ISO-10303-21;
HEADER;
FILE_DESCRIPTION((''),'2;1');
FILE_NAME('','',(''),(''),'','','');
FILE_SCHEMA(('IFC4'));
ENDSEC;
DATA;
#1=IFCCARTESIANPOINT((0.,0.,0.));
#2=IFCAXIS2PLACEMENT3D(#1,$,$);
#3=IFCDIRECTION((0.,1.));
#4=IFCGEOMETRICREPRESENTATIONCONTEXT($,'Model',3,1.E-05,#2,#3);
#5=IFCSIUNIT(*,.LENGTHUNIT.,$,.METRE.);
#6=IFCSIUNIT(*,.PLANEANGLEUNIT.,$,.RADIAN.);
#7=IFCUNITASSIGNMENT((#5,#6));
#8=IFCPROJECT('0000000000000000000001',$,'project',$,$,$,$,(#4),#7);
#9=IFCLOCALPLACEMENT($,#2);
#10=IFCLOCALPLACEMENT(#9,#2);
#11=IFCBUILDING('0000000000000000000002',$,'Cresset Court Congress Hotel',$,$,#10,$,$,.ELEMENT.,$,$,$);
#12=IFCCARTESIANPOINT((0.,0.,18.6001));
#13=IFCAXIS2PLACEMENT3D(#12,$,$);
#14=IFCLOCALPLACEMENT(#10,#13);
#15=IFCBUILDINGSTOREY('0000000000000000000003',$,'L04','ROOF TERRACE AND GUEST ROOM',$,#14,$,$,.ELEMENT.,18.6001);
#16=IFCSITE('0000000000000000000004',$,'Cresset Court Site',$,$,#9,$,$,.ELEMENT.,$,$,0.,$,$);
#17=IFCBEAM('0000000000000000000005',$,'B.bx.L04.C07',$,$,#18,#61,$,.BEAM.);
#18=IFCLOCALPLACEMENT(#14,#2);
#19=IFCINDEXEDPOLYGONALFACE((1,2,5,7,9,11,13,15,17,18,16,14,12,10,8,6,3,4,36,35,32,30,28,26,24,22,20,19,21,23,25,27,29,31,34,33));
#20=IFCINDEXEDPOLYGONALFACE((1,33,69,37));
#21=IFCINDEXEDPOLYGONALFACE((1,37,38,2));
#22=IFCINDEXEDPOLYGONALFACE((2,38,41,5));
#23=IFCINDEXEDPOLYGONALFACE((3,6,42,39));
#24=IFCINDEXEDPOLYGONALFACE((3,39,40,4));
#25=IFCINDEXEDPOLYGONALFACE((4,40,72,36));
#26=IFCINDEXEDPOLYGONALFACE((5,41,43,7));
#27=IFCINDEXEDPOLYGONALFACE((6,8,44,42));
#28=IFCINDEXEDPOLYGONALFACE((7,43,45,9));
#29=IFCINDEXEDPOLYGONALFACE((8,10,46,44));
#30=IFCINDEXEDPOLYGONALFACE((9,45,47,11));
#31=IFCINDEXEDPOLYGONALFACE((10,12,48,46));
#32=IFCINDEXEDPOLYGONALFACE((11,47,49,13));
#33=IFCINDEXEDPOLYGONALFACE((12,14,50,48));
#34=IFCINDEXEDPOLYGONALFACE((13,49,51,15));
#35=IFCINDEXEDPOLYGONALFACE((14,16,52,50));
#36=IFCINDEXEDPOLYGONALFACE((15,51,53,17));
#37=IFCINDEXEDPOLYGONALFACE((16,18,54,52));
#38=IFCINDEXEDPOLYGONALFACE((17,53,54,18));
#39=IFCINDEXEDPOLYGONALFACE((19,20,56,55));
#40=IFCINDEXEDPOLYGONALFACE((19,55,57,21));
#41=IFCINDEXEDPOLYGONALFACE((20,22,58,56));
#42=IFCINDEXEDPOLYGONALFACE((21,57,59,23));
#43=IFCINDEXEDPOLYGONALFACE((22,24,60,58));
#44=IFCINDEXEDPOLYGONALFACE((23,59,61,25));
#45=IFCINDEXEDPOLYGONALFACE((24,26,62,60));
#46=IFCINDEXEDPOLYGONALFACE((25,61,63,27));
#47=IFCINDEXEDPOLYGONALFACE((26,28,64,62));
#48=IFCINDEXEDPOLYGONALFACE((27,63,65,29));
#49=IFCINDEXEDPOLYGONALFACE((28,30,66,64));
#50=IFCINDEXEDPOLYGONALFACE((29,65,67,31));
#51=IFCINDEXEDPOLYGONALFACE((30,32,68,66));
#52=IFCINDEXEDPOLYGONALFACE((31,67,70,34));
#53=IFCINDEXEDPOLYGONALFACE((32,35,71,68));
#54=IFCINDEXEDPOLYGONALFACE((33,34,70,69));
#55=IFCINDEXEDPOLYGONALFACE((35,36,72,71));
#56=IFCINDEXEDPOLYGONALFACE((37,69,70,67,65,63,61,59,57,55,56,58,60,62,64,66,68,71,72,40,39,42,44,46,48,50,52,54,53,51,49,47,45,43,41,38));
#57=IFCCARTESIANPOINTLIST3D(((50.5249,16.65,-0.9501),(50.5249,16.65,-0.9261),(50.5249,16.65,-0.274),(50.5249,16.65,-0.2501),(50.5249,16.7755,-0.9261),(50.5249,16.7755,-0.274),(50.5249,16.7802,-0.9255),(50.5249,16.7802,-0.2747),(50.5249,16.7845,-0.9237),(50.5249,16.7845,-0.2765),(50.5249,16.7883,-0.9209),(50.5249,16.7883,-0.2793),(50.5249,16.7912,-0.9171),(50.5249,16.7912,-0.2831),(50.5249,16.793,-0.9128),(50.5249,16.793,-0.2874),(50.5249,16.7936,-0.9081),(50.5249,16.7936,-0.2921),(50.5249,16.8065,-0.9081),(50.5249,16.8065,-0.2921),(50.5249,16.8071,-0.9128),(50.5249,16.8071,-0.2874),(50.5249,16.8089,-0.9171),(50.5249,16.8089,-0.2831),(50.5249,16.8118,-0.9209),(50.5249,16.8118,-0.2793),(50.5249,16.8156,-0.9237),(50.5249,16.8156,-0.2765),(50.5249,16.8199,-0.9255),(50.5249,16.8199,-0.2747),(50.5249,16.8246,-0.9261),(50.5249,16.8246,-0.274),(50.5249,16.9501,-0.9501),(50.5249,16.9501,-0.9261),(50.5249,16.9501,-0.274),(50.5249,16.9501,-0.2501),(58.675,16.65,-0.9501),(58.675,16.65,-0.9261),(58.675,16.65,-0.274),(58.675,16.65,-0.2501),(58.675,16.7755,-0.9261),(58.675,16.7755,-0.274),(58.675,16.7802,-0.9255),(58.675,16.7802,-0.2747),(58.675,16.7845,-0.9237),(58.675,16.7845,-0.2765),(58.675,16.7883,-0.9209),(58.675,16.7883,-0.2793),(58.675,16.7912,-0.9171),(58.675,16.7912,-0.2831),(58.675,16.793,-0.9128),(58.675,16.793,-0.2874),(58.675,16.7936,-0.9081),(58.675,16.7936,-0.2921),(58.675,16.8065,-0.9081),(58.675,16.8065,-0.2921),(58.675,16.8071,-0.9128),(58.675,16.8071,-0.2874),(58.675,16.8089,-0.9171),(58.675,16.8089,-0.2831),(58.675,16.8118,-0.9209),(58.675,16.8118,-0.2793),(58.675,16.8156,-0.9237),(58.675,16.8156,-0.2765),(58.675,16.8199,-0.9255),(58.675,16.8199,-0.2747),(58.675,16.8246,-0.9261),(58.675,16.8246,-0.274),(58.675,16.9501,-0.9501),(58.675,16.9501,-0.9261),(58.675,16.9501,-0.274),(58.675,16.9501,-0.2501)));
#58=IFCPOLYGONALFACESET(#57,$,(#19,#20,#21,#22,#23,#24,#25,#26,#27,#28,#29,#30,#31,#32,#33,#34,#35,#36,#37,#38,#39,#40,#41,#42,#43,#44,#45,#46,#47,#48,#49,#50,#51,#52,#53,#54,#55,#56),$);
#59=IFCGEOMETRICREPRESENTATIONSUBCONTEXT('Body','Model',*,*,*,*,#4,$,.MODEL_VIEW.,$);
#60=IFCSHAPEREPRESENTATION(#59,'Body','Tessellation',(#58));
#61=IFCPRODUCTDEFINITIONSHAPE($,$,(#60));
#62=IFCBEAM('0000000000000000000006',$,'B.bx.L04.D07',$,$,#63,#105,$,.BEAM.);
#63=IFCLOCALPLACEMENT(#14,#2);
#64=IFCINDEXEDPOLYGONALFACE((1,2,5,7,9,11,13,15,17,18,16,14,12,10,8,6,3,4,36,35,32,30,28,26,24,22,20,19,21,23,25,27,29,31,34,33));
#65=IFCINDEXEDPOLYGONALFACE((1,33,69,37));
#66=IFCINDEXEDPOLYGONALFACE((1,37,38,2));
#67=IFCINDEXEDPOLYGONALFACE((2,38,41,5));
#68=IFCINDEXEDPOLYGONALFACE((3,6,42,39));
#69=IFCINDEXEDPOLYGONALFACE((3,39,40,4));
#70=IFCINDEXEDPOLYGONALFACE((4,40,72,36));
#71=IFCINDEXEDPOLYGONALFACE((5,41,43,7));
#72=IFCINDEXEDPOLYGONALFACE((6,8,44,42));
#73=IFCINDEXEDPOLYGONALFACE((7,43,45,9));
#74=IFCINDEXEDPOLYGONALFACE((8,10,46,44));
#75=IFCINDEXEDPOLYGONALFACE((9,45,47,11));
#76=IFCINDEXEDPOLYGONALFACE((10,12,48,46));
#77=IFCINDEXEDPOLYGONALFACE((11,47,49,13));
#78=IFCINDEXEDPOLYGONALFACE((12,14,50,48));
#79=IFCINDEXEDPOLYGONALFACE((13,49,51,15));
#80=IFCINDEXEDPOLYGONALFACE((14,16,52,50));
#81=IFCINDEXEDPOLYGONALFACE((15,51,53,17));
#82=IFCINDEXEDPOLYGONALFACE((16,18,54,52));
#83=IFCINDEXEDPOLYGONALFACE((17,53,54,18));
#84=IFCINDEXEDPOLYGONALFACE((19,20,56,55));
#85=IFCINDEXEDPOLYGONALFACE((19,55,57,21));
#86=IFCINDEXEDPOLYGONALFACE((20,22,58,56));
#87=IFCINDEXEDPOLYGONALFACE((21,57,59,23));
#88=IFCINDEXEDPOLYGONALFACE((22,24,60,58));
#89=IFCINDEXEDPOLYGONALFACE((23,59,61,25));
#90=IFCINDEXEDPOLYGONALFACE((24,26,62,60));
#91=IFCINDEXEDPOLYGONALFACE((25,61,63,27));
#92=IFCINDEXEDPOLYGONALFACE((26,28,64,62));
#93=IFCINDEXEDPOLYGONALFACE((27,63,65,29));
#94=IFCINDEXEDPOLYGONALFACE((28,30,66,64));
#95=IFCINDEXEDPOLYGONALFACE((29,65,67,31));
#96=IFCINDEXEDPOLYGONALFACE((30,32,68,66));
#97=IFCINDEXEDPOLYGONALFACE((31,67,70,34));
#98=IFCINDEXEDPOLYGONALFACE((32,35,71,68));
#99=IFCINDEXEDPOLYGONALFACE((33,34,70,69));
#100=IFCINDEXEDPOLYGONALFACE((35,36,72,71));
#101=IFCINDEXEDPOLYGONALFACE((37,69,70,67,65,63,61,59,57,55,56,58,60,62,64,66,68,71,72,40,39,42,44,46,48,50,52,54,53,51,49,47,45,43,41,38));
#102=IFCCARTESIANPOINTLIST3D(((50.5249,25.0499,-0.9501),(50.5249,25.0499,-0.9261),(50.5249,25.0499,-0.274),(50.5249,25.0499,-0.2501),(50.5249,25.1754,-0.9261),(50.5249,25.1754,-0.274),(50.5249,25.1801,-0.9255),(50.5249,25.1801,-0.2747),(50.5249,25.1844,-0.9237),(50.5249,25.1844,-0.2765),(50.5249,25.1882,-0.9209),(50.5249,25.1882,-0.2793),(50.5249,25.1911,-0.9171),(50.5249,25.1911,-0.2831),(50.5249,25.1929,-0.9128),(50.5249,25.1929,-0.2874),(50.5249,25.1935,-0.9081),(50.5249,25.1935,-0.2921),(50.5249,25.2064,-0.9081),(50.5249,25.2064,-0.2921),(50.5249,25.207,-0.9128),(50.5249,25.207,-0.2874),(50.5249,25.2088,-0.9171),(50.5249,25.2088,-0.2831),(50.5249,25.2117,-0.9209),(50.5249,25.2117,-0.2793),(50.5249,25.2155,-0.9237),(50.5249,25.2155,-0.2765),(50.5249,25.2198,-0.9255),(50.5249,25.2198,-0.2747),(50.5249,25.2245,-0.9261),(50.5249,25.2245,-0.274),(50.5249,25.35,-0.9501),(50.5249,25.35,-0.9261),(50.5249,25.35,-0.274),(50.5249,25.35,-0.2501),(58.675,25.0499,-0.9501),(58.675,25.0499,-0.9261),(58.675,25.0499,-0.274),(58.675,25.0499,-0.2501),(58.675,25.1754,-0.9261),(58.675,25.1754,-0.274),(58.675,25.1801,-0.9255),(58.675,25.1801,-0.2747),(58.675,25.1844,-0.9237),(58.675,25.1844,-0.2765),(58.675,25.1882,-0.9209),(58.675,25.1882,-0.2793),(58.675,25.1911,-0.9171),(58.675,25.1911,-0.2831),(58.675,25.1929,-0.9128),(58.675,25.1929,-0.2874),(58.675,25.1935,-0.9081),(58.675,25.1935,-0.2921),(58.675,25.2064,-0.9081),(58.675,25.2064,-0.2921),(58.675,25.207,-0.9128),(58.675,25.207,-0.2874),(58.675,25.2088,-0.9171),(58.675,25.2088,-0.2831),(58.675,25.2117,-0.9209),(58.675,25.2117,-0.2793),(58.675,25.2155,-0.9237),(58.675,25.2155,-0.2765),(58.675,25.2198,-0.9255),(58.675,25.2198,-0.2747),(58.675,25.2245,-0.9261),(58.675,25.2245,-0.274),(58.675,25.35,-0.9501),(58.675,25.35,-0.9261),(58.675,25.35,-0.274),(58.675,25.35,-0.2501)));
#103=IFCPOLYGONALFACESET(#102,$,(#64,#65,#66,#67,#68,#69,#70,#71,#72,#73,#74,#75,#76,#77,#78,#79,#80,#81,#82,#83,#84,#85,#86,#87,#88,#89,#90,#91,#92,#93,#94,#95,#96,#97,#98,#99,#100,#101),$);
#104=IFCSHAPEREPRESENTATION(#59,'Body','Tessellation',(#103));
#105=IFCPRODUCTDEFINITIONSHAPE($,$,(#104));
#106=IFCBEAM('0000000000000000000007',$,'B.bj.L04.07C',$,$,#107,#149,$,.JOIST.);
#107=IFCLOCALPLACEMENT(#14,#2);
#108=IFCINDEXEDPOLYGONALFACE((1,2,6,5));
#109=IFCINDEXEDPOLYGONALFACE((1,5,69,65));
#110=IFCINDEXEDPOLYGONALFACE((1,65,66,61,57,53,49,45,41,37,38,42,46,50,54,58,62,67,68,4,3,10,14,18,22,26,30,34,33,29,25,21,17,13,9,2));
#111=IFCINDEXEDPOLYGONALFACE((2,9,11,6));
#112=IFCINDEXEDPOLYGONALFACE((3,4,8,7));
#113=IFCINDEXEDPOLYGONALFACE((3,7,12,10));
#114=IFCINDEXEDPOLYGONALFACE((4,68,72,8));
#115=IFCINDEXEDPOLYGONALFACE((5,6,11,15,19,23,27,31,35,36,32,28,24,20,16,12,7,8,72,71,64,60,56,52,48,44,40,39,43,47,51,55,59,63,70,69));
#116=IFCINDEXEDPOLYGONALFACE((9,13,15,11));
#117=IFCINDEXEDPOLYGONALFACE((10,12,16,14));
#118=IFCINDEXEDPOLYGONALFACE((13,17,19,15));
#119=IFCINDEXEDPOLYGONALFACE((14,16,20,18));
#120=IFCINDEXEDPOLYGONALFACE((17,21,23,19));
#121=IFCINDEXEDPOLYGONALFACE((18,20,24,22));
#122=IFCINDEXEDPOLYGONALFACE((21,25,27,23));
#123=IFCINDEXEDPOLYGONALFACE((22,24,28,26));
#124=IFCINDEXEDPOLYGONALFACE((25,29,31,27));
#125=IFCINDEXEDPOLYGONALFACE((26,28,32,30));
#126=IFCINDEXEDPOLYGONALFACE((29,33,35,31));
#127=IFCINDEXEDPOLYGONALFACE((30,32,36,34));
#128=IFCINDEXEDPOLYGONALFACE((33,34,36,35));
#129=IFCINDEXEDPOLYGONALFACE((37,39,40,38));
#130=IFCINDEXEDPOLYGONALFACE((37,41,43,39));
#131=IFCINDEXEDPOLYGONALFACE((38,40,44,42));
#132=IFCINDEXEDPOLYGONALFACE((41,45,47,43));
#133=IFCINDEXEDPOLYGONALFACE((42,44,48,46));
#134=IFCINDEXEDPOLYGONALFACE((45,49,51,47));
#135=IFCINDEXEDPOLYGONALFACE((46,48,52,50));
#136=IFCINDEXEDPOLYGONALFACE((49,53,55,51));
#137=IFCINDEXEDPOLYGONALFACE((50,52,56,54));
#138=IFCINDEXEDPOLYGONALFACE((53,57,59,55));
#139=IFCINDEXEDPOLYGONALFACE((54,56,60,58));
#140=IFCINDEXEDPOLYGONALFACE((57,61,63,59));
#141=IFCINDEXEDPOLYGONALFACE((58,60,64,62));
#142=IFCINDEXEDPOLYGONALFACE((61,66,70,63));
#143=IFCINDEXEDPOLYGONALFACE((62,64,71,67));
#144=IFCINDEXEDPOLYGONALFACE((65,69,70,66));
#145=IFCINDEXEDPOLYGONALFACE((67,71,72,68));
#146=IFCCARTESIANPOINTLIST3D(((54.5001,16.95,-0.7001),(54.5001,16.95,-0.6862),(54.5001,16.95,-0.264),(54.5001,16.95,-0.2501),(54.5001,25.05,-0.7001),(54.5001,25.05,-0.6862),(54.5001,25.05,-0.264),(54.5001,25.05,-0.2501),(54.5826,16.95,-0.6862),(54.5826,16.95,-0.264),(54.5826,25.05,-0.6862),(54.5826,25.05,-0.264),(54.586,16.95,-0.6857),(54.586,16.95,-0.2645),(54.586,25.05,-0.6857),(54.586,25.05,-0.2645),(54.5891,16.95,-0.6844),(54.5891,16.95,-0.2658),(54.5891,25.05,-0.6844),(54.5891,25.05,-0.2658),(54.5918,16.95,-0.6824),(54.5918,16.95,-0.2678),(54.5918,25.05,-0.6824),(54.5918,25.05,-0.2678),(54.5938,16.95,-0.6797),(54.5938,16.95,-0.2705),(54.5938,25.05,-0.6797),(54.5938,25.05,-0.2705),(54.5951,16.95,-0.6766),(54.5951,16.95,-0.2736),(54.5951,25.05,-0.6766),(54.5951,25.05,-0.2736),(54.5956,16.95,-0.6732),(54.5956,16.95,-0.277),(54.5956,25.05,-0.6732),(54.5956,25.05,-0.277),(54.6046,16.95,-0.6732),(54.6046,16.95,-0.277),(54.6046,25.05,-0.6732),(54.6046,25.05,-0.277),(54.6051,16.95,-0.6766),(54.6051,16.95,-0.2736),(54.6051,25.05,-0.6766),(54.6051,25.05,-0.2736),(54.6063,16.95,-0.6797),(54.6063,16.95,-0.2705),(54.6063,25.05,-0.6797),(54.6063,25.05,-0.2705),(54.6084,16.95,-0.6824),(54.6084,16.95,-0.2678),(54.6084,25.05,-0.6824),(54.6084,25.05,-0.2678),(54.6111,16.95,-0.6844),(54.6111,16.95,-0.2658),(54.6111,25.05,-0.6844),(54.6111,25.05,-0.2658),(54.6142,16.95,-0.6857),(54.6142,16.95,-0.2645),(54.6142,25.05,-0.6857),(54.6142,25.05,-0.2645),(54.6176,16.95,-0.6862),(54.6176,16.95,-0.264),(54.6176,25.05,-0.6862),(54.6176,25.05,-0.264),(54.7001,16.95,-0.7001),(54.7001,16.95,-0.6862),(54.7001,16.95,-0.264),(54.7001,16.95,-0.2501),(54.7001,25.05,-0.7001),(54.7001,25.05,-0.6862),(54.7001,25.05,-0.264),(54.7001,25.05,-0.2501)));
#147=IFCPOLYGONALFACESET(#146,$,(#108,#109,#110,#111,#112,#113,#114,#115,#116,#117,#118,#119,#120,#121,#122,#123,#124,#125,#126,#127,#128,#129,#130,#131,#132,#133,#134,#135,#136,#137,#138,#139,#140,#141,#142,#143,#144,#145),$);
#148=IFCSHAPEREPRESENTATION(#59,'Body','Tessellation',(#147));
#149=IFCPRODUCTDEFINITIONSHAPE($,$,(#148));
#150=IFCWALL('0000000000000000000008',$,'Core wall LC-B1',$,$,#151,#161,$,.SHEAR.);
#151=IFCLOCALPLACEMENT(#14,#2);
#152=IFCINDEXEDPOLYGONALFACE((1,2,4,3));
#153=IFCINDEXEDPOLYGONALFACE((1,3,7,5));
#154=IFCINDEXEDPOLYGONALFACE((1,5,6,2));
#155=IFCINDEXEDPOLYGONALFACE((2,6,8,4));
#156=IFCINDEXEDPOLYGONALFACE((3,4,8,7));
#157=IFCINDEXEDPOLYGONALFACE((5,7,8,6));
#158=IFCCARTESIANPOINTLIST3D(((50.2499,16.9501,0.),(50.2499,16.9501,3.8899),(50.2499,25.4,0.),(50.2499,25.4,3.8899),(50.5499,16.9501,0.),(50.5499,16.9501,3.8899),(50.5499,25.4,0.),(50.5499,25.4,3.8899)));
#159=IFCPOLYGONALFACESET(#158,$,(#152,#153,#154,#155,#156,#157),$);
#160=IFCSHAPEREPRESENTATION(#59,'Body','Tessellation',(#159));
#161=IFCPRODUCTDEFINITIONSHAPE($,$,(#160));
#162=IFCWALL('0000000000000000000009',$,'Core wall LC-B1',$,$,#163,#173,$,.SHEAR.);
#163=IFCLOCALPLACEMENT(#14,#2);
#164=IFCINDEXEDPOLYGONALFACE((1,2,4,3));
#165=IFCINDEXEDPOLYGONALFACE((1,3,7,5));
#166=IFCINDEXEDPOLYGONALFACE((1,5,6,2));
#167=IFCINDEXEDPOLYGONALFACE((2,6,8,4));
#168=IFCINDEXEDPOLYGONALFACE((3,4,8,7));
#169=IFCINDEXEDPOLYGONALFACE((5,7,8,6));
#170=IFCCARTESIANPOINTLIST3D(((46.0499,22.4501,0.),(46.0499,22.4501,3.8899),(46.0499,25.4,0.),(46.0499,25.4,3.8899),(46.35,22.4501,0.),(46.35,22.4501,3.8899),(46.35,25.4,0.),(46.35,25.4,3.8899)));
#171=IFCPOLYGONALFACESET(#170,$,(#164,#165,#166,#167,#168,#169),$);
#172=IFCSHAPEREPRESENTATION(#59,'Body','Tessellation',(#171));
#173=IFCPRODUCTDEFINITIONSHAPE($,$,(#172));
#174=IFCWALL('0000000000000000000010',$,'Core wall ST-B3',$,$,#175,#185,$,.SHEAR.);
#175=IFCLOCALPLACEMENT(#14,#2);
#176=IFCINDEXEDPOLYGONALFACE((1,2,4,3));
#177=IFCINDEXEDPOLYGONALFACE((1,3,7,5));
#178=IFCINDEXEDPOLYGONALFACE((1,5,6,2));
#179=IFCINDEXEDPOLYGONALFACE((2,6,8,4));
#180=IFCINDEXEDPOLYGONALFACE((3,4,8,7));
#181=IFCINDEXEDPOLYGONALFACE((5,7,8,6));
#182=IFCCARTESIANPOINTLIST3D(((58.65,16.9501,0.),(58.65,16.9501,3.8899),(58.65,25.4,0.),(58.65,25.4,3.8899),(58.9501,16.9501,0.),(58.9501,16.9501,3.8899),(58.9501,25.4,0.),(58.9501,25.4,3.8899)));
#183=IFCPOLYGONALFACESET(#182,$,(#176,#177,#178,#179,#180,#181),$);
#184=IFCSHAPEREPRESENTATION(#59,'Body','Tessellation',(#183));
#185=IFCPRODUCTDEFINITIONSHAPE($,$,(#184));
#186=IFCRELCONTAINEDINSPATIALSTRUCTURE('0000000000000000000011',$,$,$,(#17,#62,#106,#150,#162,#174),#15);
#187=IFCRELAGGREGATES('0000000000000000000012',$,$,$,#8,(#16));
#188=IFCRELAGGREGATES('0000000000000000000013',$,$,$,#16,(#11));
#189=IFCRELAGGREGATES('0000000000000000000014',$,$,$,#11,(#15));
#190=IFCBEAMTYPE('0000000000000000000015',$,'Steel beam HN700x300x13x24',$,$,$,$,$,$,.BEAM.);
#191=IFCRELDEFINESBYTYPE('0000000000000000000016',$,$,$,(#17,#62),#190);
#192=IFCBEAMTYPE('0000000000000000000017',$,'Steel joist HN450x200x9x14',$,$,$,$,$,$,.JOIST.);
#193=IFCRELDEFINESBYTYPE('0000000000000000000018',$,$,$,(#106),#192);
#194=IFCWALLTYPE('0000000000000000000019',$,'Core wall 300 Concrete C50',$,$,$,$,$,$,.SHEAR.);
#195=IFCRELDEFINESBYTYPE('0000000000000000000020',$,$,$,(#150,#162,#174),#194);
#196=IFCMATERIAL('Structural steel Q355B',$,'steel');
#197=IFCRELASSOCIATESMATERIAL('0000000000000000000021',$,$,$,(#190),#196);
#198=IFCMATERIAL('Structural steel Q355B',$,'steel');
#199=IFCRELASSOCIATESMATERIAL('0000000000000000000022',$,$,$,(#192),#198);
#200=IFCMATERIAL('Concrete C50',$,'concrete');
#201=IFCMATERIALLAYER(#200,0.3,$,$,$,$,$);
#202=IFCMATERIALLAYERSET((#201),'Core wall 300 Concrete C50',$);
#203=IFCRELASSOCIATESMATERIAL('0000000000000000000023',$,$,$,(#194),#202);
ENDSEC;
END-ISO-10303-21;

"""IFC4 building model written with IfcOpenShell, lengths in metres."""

from ifc_helpers import new_model, si_unit, direction, frame, frame_2d, origin, origin_2d, place, context, subcontext, project, spatial, rectangle, i_section, extrude, material, layer, layer_set, material_profile, profile_set, type_object, element, save


model = new_model("IFC4")

# Units and contexts
model_context = context("Model", 3, precision=1e-05, world=origin(), true_north=direction((0.0, 1.0)))
body_context = subcontext(model_context, "Body", "Model", "MODEL_VIEW")
ifc_project = project(units=[si_unit("LENGTHUNIT", "METRE"), si_unit("PLANEANGLEUNIT", "RADIAN")], contexts=[model_context])

# Site, building, storey
site_placement = place(None, origin())
site = spatial("IfcSite", under=ifc_project, at=site_placement, Name="Cresset Court Site", CompositionType="ELEMENT", RefElevation=0.0)
building_placement = place(site_placement, origin())
building = spatial("IfcBuilding", under=site, at=building_placement, Name="Cresset Court Congress Hotel", CompositionType="ELEMENT")
storey_placement = place(building_placement, frame((0.0, 0.0, 18.6001)))
storey = spatial("IfcBuildingStorey", under=building, at=storey_placement, Name="L04", Description="ROOF TERRACE AND GUEST ROOM", CompositionType="ELEMENT", Elevation=18.6001)

# Beams
ifc_material_1 = material(Name="Structural steel Q355B", Category="steel")
ifc_material_profile_1 = material_profile(ifc_material_1, i_section(OverallWidth=0.3, OverallDepth=0.7, WebThickness=0.0129, FlangeThickness=0.0239, FilletRadius=0.0181, at=origin_2d()), Name="HN700x300x13x24")
ifc_profile_set_1 = profile_set([ifc_material_profile_1], Name="Structural steel Q355B")
beam_type_1 = type_object("IfcBeamType", Name="Steel beam HN700x300x13x24", PredefinedType="BEAM", material=ifc_profile_set_1)
for number, where, z_axis, x_axis, name in (
    (1, (50.5249, 16.8, -0.6001), (1.0, 0.0, 0.0), (0.0, 1.0, 0.0), "B.bx.L04.C07"),
    (2, (50.5249, 25.2, -0.6001), (1.0, 0.0, 0.0), (0.0, 1.0, 0.0), "B.bx.L04.D07"),
):
    element("IfcBeam", number, at=place(storey_placement, frame(where, z_axis=z_axis, x_axis=x_axis)), inside=storey, type_object=beam_type_1, Name=name, PredefinedType="BEAM", context=body_context, shape_type="SweptSolid", body=[
        extrude(i_section(OverallWidth=0.3, OverallDepth=0.7, WebThickness=0.0129, FlangeThickness=0.0239, FilletRadius=0.0181, at=origin_2d()), origin(), (0.0, 0.0, 1.0), 8.1501),
    ])
ifc_material_2 = material(Name="Structural steel Q355B", Category="steel")
ifc_material_profile_2 = material_profile(ifc_material_2, i_section(OverallWidth=0.2, OverallDepth=0.45, WebThickness=0.009, FlangeThickness=0.0139, FilletRadius=0.0129, at=origin_2d()), Name="HN450x200x9x14")
ifc_profile_set_2 = profile_set([ifc_material_profile_2], Name="Structural steel Q355B")
beam_type_2 = type_object("IfcBeamType", Name="Steel joist HN450x200x9x14", PredefinedType="JOIST", material=ifc_profile_set_2)
beam_placement = place(storey_placement, frame((54.6001, 16.95, -0.4751), z_axis=(0.0, 1.0, 0.0), x_axis=(-1.0, 0.0, 0.0)))
element("IfcBeam", 3, at=beam_placement, inside=storey, type_object=beam_type_2, Name="B.bj.L04.07C", PredefinedType="JOIST", context=body_context, shape_type="SweptSolid", body=[
    extrude(i_section(OverallWidth=0.2, OverallDepth=0.45, WebThickness=0.009, FlangeThickness=0.0139, FilletRadius=0.0129, at=origin_2d()), origin(), (0.0, 0.0, 1.0), 8.1001),
])

# Walls
ifc_material_3 = material(Name="Concrete C50", Category="concrete")
ifc_layer_1 = layer(ifc_material_3, 0.3)
ifc_layer_set_1 = layer_set([ifc_layer_1], Name="Core wall 300 Concrete C50")
wall_type_1 = type_object("IfcWallType", Name="Core wall 300 Concrete C50", PredefinedType="SHEAR", material=ifc_layer_set_1)
wall_1_placement = place(storey_placement, frame((50.3999, 16.95, 0.0), z_axis=(0.0, 0.0, 1.0), x_axis=(0.0, 1.0, 0.0)))
element("IfcWall", 4, at=wall_1_placement, inside=storey, type_object=wall_type_1, Name="Core wall LC-B1", PredefinedType="SHEAR", context=body_context, shape_type="SweptSolid", body=[
    extrude(rectangle(XDim=8.45, YDim=0.3, at=frame_2d((4.2251, 0.0))), origin(), (0.0, 0.0, 1.0), 3.8899),
])
wall_2_placement = place(storey_placement, frame((46.2, 22.45, 0.0), z_axis=(0.0, 0.0, 1.0), x_axis=(0.0, 1.0, 0.0)))
element("IfcWall", 5, at=wall_2_placement, inside=storey, type_object=wall_type_1, Name="Core wall LC-B1", PredefinedType="SHEAR", context=body_context, shape_type="SweptSolid", body=[
    extrude(rectangle(XDim=2.95, YDim=0.3, at=frame_2d((1.4751, 0.0))), origin(), (0.0, 0.0, 1.0), 3.8899),
])
wall_3_placement = place(storey_placement, frame((58.8, 16.95, 0.0), z_axis=(0.0, 0.0, 1.0), x_axis=(0.0, 1.0, 0.0)))
element("IfcWall", 6, at=wall_3_placement, inside=storey, type_object=wall_type_1, Name="Core wall ST-B3", PredefinedType="SHEAR", context=body_context, shape_type="SweptSolid", body=[
    extrude(rectangle(XDim=8.45, YDim=0.3, at=frame_2d((4.2251, 0.0))), origin(), (0.0, 0.0, 1.0), 3.8899),
])

save(model, "model.ifc")
